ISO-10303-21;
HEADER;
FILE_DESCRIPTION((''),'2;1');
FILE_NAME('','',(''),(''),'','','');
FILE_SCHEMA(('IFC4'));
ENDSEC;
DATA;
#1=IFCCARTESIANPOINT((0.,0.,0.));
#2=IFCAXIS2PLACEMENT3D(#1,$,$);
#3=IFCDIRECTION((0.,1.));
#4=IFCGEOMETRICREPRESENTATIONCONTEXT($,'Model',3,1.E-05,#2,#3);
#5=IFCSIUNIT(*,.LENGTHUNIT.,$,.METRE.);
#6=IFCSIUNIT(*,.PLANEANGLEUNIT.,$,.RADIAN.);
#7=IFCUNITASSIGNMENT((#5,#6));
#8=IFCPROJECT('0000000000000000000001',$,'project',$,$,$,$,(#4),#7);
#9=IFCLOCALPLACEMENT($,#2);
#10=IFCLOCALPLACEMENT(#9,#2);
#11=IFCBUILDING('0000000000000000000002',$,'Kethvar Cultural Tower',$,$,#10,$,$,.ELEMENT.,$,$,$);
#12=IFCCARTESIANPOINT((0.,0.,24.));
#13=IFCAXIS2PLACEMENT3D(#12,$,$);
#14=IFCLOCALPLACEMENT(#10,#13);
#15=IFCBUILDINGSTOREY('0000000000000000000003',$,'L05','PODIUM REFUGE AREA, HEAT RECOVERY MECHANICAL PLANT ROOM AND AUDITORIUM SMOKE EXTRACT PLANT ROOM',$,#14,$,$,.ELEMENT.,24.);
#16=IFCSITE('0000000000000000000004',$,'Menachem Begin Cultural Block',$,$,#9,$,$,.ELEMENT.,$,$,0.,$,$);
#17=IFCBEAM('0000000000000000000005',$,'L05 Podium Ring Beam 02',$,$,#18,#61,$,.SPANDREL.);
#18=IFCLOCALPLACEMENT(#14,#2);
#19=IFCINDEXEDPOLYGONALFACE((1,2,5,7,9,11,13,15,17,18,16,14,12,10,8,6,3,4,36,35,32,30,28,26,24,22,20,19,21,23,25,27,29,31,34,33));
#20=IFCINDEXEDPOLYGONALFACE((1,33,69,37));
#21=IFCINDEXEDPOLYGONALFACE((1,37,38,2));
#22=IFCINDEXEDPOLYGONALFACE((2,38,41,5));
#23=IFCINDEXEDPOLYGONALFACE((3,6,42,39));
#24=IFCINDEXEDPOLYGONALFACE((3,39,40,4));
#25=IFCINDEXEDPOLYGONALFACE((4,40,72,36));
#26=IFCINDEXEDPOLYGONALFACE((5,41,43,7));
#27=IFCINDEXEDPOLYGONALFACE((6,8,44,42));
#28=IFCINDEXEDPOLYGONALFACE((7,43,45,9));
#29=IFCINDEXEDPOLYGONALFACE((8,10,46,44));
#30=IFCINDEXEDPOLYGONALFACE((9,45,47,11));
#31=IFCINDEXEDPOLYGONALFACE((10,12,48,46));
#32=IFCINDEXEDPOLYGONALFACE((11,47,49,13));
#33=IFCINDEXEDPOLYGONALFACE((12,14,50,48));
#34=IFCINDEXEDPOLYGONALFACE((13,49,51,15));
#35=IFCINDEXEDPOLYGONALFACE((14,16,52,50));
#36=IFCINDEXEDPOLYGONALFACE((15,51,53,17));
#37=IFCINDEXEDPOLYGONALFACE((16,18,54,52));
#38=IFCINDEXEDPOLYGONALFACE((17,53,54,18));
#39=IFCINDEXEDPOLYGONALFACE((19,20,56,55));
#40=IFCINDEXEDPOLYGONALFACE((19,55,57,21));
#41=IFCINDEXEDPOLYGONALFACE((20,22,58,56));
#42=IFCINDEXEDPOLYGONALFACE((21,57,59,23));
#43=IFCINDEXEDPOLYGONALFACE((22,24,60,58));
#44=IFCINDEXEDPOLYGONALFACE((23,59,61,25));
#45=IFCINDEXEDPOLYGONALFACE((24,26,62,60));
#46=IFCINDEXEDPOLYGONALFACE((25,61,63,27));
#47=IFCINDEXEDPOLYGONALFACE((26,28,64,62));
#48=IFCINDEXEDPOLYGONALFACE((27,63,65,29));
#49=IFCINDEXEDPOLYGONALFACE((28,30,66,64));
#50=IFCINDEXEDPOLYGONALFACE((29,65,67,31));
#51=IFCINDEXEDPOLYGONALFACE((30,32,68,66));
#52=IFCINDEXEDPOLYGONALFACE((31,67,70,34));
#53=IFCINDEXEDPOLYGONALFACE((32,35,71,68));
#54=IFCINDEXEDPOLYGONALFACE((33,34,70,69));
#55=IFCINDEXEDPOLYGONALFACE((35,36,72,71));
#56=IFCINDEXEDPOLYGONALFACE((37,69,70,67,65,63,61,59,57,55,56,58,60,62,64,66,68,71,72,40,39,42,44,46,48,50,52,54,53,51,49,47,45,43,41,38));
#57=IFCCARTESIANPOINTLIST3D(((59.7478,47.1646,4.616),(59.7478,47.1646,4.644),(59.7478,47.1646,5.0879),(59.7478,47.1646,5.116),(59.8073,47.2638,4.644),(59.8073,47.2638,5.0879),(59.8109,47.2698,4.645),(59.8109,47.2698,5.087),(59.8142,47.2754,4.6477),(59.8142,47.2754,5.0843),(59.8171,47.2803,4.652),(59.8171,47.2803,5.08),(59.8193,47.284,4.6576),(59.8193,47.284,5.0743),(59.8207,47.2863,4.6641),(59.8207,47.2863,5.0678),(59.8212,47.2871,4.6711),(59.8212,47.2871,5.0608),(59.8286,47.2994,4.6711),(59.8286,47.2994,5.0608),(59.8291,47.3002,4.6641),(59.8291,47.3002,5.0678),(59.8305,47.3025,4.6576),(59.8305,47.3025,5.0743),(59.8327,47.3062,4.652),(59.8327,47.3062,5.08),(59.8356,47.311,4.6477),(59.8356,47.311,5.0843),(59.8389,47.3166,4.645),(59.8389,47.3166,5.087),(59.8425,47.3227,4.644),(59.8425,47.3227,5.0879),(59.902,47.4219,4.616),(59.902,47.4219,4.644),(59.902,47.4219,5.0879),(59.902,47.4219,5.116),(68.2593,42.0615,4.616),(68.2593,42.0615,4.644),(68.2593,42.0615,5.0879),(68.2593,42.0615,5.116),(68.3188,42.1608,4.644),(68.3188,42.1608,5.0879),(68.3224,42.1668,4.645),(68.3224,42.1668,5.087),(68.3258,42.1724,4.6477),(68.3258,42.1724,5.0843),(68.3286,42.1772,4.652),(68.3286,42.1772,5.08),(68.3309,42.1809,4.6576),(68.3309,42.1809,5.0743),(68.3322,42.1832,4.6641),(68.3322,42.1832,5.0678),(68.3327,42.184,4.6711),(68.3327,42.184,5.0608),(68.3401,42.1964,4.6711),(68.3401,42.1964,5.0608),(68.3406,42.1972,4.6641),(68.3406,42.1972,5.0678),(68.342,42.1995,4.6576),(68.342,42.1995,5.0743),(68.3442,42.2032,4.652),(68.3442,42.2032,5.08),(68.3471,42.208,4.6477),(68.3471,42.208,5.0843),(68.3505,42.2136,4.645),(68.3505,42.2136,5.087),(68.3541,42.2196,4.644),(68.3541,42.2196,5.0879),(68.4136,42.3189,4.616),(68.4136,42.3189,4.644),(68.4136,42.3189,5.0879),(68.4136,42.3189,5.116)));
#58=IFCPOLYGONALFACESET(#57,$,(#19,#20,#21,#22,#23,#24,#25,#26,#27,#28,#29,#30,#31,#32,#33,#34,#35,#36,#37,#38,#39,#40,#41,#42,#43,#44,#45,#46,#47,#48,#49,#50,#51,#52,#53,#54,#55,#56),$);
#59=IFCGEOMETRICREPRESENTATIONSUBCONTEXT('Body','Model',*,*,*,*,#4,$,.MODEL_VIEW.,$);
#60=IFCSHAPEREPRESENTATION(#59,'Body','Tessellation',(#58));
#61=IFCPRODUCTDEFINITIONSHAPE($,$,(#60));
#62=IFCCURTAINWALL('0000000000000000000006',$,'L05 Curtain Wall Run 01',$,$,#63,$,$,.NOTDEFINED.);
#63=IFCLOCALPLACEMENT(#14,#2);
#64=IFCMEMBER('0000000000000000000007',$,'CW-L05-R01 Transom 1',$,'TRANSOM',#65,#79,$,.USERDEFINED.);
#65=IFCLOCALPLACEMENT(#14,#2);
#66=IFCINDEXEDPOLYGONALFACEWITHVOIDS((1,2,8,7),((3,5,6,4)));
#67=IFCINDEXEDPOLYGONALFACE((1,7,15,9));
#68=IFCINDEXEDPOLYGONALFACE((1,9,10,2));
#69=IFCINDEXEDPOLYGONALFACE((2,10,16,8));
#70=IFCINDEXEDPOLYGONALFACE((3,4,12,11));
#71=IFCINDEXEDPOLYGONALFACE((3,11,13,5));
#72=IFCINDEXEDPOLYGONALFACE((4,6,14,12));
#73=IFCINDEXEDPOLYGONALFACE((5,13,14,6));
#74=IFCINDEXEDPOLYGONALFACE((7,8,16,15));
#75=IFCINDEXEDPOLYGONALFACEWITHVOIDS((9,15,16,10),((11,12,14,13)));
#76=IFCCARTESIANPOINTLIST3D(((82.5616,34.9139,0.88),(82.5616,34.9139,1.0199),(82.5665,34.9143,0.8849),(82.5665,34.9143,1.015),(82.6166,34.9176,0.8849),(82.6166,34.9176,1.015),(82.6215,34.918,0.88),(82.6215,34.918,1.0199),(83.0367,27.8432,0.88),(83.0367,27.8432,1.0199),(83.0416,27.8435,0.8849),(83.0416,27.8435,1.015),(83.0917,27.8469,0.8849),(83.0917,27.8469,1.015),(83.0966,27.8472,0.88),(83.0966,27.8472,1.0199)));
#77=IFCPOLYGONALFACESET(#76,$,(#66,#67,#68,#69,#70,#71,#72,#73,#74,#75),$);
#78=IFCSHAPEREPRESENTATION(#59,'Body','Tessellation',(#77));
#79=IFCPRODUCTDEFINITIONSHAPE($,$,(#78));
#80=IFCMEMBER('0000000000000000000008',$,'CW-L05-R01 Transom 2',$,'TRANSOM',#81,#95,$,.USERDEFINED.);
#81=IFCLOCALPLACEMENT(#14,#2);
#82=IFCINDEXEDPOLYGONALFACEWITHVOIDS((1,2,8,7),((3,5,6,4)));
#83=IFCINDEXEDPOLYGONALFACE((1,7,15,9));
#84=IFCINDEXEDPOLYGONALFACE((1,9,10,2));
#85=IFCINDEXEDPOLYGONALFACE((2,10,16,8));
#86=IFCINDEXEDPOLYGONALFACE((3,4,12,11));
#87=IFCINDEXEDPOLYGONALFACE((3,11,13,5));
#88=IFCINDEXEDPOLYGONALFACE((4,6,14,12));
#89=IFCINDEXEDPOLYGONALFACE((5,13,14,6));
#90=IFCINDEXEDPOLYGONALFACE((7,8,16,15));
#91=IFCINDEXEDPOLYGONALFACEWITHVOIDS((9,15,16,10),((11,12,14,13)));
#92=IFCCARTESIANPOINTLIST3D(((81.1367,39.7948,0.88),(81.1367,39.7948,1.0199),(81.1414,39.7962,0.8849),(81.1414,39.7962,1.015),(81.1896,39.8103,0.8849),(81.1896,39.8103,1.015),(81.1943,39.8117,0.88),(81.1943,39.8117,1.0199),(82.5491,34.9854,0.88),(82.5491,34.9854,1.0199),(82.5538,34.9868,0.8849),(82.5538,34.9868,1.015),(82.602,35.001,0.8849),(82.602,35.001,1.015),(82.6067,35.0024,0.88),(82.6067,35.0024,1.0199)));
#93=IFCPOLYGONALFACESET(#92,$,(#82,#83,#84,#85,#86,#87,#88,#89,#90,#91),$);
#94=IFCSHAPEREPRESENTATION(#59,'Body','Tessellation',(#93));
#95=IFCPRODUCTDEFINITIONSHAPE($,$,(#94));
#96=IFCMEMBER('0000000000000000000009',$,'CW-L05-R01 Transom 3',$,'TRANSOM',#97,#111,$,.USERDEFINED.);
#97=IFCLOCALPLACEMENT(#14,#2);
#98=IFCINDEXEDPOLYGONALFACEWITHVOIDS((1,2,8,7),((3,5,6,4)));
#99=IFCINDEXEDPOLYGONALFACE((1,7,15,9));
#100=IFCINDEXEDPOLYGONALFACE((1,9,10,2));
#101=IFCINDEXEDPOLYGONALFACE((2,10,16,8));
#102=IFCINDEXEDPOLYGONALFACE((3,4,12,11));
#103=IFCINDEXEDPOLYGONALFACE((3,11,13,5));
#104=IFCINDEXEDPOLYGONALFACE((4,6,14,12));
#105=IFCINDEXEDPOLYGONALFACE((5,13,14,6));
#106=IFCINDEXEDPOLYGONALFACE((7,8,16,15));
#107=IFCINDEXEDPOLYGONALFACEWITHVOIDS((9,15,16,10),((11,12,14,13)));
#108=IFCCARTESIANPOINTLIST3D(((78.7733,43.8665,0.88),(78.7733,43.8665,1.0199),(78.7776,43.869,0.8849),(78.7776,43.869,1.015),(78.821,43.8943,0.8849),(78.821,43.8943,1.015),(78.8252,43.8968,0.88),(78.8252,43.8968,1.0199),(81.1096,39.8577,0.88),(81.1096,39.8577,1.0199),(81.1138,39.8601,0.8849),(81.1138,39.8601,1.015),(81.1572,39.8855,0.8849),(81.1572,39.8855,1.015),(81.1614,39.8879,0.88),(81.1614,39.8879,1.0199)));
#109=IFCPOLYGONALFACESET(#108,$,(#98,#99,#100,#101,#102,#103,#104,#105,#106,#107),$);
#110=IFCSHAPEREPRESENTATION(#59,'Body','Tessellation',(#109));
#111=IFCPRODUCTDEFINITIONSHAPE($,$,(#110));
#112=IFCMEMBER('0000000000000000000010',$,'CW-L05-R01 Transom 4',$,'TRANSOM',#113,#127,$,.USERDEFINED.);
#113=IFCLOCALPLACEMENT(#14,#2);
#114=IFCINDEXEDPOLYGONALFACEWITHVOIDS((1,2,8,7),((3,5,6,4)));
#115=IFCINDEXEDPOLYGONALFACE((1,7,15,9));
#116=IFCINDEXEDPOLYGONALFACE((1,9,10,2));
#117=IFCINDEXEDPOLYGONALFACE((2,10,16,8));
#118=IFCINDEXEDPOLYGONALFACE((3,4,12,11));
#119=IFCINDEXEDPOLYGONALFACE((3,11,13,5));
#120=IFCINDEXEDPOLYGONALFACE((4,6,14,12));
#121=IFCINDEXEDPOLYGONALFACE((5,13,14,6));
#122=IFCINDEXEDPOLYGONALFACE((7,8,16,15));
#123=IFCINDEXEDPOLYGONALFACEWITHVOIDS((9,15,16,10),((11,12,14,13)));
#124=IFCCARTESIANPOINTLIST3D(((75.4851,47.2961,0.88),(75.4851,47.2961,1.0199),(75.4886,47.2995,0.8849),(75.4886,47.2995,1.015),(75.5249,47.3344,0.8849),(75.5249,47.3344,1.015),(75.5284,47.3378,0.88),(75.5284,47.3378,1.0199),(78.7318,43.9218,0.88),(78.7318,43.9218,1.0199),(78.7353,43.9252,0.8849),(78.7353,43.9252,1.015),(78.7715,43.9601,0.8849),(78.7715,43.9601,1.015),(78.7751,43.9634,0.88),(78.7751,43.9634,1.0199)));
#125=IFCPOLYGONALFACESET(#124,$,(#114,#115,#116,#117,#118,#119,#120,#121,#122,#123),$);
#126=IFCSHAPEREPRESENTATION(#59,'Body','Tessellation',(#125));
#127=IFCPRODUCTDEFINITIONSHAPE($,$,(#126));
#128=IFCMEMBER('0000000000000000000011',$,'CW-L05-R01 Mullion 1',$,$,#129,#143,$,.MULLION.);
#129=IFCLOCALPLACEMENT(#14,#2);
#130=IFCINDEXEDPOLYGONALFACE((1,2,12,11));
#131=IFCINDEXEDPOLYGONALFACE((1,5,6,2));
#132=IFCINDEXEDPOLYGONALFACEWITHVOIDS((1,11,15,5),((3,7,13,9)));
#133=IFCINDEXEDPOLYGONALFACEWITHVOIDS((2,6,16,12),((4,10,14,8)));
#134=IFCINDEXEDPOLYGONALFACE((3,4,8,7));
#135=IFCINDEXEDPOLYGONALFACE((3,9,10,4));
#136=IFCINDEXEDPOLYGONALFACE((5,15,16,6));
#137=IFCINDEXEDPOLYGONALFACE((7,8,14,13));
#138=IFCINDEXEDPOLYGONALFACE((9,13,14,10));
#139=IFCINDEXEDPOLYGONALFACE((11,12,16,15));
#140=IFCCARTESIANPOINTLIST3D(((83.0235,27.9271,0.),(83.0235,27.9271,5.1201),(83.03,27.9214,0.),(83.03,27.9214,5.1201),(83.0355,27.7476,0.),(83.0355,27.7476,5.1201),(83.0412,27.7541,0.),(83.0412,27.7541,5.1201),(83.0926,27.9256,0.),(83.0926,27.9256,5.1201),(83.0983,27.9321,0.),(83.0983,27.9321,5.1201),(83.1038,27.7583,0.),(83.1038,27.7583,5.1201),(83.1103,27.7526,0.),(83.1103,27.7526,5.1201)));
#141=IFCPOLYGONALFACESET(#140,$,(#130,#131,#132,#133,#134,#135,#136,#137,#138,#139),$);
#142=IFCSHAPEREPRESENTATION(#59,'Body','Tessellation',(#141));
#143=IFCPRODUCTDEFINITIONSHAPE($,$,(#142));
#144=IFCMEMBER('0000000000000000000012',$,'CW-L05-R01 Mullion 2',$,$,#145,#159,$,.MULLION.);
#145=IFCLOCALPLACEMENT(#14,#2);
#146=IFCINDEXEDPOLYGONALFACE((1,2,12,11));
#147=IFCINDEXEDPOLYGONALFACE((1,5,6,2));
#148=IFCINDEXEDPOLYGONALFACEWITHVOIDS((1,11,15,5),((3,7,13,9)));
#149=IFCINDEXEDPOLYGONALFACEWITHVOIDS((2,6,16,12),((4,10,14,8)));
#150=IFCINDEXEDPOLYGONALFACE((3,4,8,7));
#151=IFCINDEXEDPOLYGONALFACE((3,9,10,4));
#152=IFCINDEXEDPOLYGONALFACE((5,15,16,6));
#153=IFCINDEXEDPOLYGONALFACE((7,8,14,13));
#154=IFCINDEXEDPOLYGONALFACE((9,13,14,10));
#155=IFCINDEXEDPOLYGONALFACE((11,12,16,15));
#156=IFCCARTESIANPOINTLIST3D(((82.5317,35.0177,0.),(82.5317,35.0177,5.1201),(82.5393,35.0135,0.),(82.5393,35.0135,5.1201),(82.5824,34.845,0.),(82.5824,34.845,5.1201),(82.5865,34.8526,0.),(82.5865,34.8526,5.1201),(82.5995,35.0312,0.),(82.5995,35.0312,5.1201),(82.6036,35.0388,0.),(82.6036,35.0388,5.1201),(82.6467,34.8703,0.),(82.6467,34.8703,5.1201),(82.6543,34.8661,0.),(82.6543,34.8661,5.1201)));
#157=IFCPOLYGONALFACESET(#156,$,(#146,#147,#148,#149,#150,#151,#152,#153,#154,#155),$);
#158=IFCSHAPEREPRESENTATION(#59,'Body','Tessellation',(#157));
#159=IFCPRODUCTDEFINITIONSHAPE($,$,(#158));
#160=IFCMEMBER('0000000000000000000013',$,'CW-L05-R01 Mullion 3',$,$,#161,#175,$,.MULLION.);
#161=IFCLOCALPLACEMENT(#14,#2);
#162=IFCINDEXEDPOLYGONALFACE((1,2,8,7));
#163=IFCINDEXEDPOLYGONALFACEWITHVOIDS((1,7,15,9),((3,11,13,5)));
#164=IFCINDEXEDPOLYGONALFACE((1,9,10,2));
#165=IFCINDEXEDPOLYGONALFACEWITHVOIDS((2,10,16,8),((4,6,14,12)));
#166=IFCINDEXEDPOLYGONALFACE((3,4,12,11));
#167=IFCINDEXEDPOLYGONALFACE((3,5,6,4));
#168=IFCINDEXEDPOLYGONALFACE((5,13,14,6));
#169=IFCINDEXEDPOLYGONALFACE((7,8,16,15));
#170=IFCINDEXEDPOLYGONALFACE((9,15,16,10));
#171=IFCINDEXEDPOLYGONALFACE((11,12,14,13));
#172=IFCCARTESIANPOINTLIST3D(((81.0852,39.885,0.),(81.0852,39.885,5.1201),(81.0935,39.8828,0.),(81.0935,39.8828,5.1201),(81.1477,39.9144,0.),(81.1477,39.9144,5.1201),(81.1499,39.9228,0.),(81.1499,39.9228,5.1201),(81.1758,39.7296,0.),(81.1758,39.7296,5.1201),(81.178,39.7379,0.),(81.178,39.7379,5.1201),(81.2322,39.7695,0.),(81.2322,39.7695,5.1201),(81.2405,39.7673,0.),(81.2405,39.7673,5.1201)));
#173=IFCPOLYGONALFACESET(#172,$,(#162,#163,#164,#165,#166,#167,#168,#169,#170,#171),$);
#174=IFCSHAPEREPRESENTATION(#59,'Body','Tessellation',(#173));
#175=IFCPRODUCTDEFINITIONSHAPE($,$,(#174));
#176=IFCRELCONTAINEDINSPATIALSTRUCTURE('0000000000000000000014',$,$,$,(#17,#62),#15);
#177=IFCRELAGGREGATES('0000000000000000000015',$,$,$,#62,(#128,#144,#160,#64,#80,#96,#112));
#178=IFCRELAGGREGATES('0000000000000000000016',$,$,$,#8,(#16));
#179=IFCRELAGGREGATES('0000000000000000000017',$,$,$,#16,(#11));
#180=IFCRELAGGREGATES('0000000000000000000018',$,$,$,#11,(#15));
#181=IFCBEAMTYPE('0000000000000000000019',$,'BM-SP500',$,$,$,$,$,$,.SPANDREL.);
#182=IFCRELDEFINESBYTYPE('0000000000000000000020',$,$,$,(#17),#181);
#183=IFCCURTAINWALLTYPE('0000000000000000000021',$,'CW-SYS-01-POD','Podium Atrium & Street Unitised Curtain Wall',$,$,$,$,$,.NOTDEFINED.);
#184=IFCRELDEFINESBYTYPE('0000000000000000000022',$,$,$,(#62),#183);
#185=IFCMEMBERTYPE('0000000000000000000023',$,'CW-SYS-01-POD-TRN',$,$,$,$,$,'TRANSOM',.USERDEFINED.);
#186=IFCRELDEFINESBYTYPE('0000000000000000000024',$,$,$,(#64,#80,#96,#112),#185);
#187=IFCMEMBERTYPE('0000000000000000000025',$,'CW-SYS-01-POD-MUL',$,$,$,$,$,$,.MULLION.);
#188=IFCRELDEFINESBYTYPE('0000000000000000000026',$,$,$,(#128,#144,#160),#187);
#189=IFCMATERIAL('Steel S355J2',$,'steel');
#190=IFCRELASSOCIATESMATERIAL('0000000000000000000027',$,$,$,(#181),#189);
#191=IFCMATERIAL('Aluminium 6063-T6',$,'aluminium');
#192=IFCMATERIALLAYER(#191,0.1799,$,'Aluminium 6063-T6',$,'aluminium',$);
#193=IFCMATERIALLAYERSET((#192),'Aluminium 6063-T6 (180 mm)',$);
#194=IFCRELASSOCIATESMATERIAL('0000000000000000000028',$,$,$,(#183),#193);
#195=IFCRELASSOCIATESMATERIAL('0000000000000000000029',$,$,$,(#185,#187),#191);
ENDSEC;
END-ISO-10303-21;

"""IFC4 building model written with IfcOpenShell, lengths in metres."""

from ifc_helpers import new_model, si_unit, direction, frame, origin, origin_2d, place, context, subcontext, project, spatial, hollow_rectangle, i_section, extrude, source, transform, mapped, material, layer, layer_set, material_profile, profile_set, type_object, element, aggregate, save


model = new_model("IFC4")

# Units and contexts
model_context = context("Model", 3, precision=1e-05, world=origin(), true_north=direction((0.0, 1.0)))
body_context = subcontext(model_context, "Body", "Model", "MODEL_VIEW")
ifc_project = project(units=[si_unit("LENGTHUNIT", "METRE"), si_unit("PLANEANGLEUNIT", "RADIAN")], contexts=[model_context])

# Site, building, storey
site_placement = place(None, origin())
site = spatial("IfcSite", under=ifc_project, at=site_placement, Name="Menachem Begin Cultural Block", CompositionType="ELEMENT", RefElevation=0.0)
building_placement = place(site_placement, origin())
building = spatial("IfcBuilding", under=site, at=building_placement, Name="Kethvar Cultural Tower", CompositionType="ELEMENT")
storey_placement = place(building_placement, frame((0.0, 0.0, 24.0)))
storey = spatial("IfcBuildingStorey", under=building, at=storey_placement, Name="L05", Description="PODIUM REFUGE AREA, HEAT RECOVERY MECHANICAL PLANT ROOM AND AUDITORIUM SMOKE EXTRACT PLANT ROOM", CompositionType="ELEMENT", Elevation=24.0)

# Beam
ifc_material_1 = material(Name="Steel S355J2", Category="steel")
ifc_material_profile_1 = material_profile(ifc_material_1, i_section(OverallWidth=0.3, OverallDepth=0.5, WebThickness=0.0144, FlangeThickness=0.0281, FilletRadius=0.0271, at=origin_2d()), Name="Steel S355J2 — HEB500")
ifc_profile_set_1 = profile_set([ifc_material_profile_1], Name="Steel S355J2 — HEB500")
beam_type = type_object("IfcBeamType", Name="BM-SP500", PredefinedType="SPANDREL", material=ifc_profile_set_1)
shared_shape_1 = source(origin(), body_context, "Body", "SweptSolid", [
    extrude(i_section(OverallWidth=0.3, OverallDepth=0.5, WebThickness=0.0144, FlangeThickness=0.0281, FilletRadius=0.0271, at=origin_2d()), origin(), (0.0, 0.0, 1.0), 9.9241),
])
beam_1_placement = place(storey_placement, frame((68.3364, 42.1902, 4.866), z_axis=(-0.857664, 0.51421, 0.0), x_axis=(-0.51421, -0.857664, 0.0)))
element("IfcBeam", 1, at=beam_1_placement, inside=storey, type_object=beam_type, Name="L05 Podium Ring Beam 02", PredefinedType="SPANDREL", context=body_context, shape_type="MappedRepresentation", body=[
    mapped(shared_shape_1, transform((0.0, 0.0, 0.0), scale=1.0)),
])

# Curtain wall, members
ifc_material_2 = material(Name="Aluminium 6063-T6", Category="aluminium")
ifc_layer_1 = layer(ifc_material_2, 0.1799, Name="Aluminium 6063-T6", Category="aluminium")
ifc_layer_set_1 = layer_set([ifc_layer_1], Name="Aluminium 6063-T6 (180 mm)")
curtain_wall_type = type_object("IfcCurtainWallType", Name="CW-SYS-01-POD", Description="Podium Atrium & Street Unitised Curtain Wall", PredefinedType="NOTDEFINED", material=ifc_layer_set_1)
curtain_wall_1_placement = place(storey_placement, origin())
curtain_wall_1 = element("IfcCurtainWall", 2, at=curtain_wall_1_placement, inside=storey, type_object=curtain_wall_type, Name="L05 Curtain Wall Run 01", PredefinedType="NOTDEFINED")
ifc_material_profile_2 = material_profile(ifc_material_2, hollow_rectangle(XDim=0.0601, YDim=0.1399, WallThickness=0.0049, at=origin_2d()), Name="Aluminium 6063-T6 — RHS140x60x5")
ifc_profile_set_2 = profile_set([ifc_material_profile_2], Name="Aluminium 6063-T6 — RHS140x60x5")
member_type_1 = type_object("IfcMemberType", Name="CW-SYS-01-POD-TRN", ElementType="TRANSOM", PredefinedType="USERDEFINED", material=ifc_profile_set_2)
shared_shape_2 = source(origin(), body_context, "Body", "SweptSolid", [
    extrude(hollow_rectangle(XDim=0.0601, YDim=0.1399, WallThickness=0.0049, at=origin_2d()), origin(), (0.0, 0.0, 1.0), 7.0867),
])
member_1_placement = place(storey_placement, frame((83.0667, 27.8452, 0.95), z_axis=(-0.06704, 0.99775, 0.0), x_axis=(-0.99775, -0.06704, 0.0)))
member_1 = element("IfcMember", 3, at=member_1_placement, type_object=member_type_1, Name="CW-L05-R01 Transom 1", ObjectType="TRANSOM", PredefinedType="USERDEFINED", context=body_context, shape_type="MappedRepresentation", body=[
    mapped(shared_shape_2, transform((0.0, 0.0, 0.0), scale=1.0)),
])
shared_shape_3 = source(origin(), body_context, "Body", "SweptSolid", [
    extrude(hollow_rectangle(XDim=0.0601, YDim=0.1399, WallThickness=0.0049, at=origin_2d()), origin(), (0.0, 0.0, 1.0), 5.0125),
])
member_2_placement = place(storey_placement, frame((82.5779, 34.9939, 0.95), z_axis=(-0.281771, 0.959482, 0.0), x_axis=(-0.959482, -0.281771, 0.0)))
member_2 = element("IfcMember", 4, at=member_2_placement, type_object=member_type_1, Name="CW-L05-R01 Transom 2", ObjectType="TRANSOM", PredefinedType="USERDEFINED", context=body_context, shape_type="MappedRepresentation", body=[
    mapped(shared_shape_3, transform((0.0, 0.0, 0.0), scale=1.0)),
])
shared_shape_4 = source(origin(), body_context, "Body", "SweptSolid", [
    extrude(hollow_rectangle(XDim=0.0601, YDim=0.1399, WallThickness=0.0049, at=origin_2d()), origin(), (0.0, 0.0, 1.0), 4.6399),
])
member_3_placement = place(storey_placement, frame((81.1355, 39.8728, 0.95), z_axis=(-0.503505, 0.863993, 0.0), x_axis=(-0.863993, -0.503505, 0.0)))
member_3 = element("IfcMember", 5, at=member_3_placement, type_object=member_type_1, Name="CW-L05-R01 Transom 3", ObjectType="TRANSOM", PredefinedType="USERDEFINED", context=body_context, shape_type="MappedRepresentation", body=[
    mapped(shared_shape_4, transform((0.0, 0.0, 0.0), scale=1.0)),
])
shared_shape_5 = source(origin(), body_context, "Body", "SweptSolid", [
    extrude(hollow_rectangle(XDim=0.0601, YDim=0.1399, WallThickness=0.0049, at=origin_2d()), origin(), (0.0, 0.0, 1.0), 4.6826),
])
member_4_placement = place(storey_placement, frame((78.7534, 43.9426, 0.95), z_axis=(-0.693341, 0.72061, 0.0), x_axis=(-0.72061, -0.693341, 0.0)))
member_4 = element("IfcMember", 6, at=member_4_placement, type_object=member_type_1, Name="CW-L05-R01 Transom 4", ObjectType="TRANSOM", PredefinedType="USERDEFINED", context=body_context, shape_type="MappedRepresentation", body=[
    mapped(shared_shape_5, transform((0.0, 0.0, 0.0), scale=1.0)),
])
ifc_material_profile_3 = material_profile(ifc_material_2, hollow_rectangle(XDim=0.075, YDim=0.1799, WallThickness=0.0061, at=origin_2d()), Name="Aluminium 6063-T6 — RHS180x75x6")
ifc_profile_set_3 = profile_set([ifc_material_profile_3], Name="Aluminium 6063-T6 — RHS180x75x6")
member_type_2 = type_object("IfcMemberType", Name="CW-SYS-01-POD-MUL", PredefinedType="MULLION", material=ifc_profile_set_3)
shared_shape_6 = source(origin(), body_context, "Body", "SweptSolid", [
    extrude(hollow_rectangle(XDim=0.075, YDim=0.1799, WallThickness=0.0061, at=origin_2d()), origin(), (0.0, 0.0, 1.0), 5.1201),
])
member_5_placement = place(storey_placement, frame((83.0669, 27.8398, 0.0), z_axis=(0.0, 0.0, 1.0), x_axis=(-0.99775, -0.06704, 0.0)))
member_5 = element("IfcMember", 7, at=member_5_placement, type_object=member_type_2, Name="CW-L05-R01 Mullion 1", PredefinedType="MULLION", context=body_context, shape_type="MappedRepresentation", body=[
    mapped(shared_shape_6, transform((0.0, 0.0, 0.0), scale=1.0)),
])
member_6_placement = place(storey_placement, frame((82.593, 34.9419, 0.0), z_axis=(0.0, 0.0, 1.0), x_axis=(-0.959496, -0.281722, 0.0)))
member_6 = element("IfcMember", 8, at=member_6_placement, type_object=member_type_2, Name="CW-L05-R01 Mullion 2", PredefinedType="MULLION", context=body_context, shape_type="MappedRepresentation", body=[
    mapped(shared_shape_6, transform((0.0, 0.0, 0.0), scale=1.0)),
])
member_7_placement = place(storey_placement, frame((81.1628, 39.8262, 0.0), z_axis=(0.0, 0.0, 1.0), x_axis=(-0.863985, -0.503518, 0.0)))
member_7 = element("IfcMember", 9, at=member_7_placement, type_object=member_type_2, Name="CW-L05-R01 Mullion 3", PredefinedType="MULLION", context=body_context, shape_type="MappedRepresentation", body=[
    mapped(shared_shape_6, transform((0.0, 0.0, 0.0), scale=1.0)),
])

aggregate(curtain_wall_1, [member_5, member_6, member_7, member_1, member_2, member_3, member_4])

save(model, "model.ifc")
